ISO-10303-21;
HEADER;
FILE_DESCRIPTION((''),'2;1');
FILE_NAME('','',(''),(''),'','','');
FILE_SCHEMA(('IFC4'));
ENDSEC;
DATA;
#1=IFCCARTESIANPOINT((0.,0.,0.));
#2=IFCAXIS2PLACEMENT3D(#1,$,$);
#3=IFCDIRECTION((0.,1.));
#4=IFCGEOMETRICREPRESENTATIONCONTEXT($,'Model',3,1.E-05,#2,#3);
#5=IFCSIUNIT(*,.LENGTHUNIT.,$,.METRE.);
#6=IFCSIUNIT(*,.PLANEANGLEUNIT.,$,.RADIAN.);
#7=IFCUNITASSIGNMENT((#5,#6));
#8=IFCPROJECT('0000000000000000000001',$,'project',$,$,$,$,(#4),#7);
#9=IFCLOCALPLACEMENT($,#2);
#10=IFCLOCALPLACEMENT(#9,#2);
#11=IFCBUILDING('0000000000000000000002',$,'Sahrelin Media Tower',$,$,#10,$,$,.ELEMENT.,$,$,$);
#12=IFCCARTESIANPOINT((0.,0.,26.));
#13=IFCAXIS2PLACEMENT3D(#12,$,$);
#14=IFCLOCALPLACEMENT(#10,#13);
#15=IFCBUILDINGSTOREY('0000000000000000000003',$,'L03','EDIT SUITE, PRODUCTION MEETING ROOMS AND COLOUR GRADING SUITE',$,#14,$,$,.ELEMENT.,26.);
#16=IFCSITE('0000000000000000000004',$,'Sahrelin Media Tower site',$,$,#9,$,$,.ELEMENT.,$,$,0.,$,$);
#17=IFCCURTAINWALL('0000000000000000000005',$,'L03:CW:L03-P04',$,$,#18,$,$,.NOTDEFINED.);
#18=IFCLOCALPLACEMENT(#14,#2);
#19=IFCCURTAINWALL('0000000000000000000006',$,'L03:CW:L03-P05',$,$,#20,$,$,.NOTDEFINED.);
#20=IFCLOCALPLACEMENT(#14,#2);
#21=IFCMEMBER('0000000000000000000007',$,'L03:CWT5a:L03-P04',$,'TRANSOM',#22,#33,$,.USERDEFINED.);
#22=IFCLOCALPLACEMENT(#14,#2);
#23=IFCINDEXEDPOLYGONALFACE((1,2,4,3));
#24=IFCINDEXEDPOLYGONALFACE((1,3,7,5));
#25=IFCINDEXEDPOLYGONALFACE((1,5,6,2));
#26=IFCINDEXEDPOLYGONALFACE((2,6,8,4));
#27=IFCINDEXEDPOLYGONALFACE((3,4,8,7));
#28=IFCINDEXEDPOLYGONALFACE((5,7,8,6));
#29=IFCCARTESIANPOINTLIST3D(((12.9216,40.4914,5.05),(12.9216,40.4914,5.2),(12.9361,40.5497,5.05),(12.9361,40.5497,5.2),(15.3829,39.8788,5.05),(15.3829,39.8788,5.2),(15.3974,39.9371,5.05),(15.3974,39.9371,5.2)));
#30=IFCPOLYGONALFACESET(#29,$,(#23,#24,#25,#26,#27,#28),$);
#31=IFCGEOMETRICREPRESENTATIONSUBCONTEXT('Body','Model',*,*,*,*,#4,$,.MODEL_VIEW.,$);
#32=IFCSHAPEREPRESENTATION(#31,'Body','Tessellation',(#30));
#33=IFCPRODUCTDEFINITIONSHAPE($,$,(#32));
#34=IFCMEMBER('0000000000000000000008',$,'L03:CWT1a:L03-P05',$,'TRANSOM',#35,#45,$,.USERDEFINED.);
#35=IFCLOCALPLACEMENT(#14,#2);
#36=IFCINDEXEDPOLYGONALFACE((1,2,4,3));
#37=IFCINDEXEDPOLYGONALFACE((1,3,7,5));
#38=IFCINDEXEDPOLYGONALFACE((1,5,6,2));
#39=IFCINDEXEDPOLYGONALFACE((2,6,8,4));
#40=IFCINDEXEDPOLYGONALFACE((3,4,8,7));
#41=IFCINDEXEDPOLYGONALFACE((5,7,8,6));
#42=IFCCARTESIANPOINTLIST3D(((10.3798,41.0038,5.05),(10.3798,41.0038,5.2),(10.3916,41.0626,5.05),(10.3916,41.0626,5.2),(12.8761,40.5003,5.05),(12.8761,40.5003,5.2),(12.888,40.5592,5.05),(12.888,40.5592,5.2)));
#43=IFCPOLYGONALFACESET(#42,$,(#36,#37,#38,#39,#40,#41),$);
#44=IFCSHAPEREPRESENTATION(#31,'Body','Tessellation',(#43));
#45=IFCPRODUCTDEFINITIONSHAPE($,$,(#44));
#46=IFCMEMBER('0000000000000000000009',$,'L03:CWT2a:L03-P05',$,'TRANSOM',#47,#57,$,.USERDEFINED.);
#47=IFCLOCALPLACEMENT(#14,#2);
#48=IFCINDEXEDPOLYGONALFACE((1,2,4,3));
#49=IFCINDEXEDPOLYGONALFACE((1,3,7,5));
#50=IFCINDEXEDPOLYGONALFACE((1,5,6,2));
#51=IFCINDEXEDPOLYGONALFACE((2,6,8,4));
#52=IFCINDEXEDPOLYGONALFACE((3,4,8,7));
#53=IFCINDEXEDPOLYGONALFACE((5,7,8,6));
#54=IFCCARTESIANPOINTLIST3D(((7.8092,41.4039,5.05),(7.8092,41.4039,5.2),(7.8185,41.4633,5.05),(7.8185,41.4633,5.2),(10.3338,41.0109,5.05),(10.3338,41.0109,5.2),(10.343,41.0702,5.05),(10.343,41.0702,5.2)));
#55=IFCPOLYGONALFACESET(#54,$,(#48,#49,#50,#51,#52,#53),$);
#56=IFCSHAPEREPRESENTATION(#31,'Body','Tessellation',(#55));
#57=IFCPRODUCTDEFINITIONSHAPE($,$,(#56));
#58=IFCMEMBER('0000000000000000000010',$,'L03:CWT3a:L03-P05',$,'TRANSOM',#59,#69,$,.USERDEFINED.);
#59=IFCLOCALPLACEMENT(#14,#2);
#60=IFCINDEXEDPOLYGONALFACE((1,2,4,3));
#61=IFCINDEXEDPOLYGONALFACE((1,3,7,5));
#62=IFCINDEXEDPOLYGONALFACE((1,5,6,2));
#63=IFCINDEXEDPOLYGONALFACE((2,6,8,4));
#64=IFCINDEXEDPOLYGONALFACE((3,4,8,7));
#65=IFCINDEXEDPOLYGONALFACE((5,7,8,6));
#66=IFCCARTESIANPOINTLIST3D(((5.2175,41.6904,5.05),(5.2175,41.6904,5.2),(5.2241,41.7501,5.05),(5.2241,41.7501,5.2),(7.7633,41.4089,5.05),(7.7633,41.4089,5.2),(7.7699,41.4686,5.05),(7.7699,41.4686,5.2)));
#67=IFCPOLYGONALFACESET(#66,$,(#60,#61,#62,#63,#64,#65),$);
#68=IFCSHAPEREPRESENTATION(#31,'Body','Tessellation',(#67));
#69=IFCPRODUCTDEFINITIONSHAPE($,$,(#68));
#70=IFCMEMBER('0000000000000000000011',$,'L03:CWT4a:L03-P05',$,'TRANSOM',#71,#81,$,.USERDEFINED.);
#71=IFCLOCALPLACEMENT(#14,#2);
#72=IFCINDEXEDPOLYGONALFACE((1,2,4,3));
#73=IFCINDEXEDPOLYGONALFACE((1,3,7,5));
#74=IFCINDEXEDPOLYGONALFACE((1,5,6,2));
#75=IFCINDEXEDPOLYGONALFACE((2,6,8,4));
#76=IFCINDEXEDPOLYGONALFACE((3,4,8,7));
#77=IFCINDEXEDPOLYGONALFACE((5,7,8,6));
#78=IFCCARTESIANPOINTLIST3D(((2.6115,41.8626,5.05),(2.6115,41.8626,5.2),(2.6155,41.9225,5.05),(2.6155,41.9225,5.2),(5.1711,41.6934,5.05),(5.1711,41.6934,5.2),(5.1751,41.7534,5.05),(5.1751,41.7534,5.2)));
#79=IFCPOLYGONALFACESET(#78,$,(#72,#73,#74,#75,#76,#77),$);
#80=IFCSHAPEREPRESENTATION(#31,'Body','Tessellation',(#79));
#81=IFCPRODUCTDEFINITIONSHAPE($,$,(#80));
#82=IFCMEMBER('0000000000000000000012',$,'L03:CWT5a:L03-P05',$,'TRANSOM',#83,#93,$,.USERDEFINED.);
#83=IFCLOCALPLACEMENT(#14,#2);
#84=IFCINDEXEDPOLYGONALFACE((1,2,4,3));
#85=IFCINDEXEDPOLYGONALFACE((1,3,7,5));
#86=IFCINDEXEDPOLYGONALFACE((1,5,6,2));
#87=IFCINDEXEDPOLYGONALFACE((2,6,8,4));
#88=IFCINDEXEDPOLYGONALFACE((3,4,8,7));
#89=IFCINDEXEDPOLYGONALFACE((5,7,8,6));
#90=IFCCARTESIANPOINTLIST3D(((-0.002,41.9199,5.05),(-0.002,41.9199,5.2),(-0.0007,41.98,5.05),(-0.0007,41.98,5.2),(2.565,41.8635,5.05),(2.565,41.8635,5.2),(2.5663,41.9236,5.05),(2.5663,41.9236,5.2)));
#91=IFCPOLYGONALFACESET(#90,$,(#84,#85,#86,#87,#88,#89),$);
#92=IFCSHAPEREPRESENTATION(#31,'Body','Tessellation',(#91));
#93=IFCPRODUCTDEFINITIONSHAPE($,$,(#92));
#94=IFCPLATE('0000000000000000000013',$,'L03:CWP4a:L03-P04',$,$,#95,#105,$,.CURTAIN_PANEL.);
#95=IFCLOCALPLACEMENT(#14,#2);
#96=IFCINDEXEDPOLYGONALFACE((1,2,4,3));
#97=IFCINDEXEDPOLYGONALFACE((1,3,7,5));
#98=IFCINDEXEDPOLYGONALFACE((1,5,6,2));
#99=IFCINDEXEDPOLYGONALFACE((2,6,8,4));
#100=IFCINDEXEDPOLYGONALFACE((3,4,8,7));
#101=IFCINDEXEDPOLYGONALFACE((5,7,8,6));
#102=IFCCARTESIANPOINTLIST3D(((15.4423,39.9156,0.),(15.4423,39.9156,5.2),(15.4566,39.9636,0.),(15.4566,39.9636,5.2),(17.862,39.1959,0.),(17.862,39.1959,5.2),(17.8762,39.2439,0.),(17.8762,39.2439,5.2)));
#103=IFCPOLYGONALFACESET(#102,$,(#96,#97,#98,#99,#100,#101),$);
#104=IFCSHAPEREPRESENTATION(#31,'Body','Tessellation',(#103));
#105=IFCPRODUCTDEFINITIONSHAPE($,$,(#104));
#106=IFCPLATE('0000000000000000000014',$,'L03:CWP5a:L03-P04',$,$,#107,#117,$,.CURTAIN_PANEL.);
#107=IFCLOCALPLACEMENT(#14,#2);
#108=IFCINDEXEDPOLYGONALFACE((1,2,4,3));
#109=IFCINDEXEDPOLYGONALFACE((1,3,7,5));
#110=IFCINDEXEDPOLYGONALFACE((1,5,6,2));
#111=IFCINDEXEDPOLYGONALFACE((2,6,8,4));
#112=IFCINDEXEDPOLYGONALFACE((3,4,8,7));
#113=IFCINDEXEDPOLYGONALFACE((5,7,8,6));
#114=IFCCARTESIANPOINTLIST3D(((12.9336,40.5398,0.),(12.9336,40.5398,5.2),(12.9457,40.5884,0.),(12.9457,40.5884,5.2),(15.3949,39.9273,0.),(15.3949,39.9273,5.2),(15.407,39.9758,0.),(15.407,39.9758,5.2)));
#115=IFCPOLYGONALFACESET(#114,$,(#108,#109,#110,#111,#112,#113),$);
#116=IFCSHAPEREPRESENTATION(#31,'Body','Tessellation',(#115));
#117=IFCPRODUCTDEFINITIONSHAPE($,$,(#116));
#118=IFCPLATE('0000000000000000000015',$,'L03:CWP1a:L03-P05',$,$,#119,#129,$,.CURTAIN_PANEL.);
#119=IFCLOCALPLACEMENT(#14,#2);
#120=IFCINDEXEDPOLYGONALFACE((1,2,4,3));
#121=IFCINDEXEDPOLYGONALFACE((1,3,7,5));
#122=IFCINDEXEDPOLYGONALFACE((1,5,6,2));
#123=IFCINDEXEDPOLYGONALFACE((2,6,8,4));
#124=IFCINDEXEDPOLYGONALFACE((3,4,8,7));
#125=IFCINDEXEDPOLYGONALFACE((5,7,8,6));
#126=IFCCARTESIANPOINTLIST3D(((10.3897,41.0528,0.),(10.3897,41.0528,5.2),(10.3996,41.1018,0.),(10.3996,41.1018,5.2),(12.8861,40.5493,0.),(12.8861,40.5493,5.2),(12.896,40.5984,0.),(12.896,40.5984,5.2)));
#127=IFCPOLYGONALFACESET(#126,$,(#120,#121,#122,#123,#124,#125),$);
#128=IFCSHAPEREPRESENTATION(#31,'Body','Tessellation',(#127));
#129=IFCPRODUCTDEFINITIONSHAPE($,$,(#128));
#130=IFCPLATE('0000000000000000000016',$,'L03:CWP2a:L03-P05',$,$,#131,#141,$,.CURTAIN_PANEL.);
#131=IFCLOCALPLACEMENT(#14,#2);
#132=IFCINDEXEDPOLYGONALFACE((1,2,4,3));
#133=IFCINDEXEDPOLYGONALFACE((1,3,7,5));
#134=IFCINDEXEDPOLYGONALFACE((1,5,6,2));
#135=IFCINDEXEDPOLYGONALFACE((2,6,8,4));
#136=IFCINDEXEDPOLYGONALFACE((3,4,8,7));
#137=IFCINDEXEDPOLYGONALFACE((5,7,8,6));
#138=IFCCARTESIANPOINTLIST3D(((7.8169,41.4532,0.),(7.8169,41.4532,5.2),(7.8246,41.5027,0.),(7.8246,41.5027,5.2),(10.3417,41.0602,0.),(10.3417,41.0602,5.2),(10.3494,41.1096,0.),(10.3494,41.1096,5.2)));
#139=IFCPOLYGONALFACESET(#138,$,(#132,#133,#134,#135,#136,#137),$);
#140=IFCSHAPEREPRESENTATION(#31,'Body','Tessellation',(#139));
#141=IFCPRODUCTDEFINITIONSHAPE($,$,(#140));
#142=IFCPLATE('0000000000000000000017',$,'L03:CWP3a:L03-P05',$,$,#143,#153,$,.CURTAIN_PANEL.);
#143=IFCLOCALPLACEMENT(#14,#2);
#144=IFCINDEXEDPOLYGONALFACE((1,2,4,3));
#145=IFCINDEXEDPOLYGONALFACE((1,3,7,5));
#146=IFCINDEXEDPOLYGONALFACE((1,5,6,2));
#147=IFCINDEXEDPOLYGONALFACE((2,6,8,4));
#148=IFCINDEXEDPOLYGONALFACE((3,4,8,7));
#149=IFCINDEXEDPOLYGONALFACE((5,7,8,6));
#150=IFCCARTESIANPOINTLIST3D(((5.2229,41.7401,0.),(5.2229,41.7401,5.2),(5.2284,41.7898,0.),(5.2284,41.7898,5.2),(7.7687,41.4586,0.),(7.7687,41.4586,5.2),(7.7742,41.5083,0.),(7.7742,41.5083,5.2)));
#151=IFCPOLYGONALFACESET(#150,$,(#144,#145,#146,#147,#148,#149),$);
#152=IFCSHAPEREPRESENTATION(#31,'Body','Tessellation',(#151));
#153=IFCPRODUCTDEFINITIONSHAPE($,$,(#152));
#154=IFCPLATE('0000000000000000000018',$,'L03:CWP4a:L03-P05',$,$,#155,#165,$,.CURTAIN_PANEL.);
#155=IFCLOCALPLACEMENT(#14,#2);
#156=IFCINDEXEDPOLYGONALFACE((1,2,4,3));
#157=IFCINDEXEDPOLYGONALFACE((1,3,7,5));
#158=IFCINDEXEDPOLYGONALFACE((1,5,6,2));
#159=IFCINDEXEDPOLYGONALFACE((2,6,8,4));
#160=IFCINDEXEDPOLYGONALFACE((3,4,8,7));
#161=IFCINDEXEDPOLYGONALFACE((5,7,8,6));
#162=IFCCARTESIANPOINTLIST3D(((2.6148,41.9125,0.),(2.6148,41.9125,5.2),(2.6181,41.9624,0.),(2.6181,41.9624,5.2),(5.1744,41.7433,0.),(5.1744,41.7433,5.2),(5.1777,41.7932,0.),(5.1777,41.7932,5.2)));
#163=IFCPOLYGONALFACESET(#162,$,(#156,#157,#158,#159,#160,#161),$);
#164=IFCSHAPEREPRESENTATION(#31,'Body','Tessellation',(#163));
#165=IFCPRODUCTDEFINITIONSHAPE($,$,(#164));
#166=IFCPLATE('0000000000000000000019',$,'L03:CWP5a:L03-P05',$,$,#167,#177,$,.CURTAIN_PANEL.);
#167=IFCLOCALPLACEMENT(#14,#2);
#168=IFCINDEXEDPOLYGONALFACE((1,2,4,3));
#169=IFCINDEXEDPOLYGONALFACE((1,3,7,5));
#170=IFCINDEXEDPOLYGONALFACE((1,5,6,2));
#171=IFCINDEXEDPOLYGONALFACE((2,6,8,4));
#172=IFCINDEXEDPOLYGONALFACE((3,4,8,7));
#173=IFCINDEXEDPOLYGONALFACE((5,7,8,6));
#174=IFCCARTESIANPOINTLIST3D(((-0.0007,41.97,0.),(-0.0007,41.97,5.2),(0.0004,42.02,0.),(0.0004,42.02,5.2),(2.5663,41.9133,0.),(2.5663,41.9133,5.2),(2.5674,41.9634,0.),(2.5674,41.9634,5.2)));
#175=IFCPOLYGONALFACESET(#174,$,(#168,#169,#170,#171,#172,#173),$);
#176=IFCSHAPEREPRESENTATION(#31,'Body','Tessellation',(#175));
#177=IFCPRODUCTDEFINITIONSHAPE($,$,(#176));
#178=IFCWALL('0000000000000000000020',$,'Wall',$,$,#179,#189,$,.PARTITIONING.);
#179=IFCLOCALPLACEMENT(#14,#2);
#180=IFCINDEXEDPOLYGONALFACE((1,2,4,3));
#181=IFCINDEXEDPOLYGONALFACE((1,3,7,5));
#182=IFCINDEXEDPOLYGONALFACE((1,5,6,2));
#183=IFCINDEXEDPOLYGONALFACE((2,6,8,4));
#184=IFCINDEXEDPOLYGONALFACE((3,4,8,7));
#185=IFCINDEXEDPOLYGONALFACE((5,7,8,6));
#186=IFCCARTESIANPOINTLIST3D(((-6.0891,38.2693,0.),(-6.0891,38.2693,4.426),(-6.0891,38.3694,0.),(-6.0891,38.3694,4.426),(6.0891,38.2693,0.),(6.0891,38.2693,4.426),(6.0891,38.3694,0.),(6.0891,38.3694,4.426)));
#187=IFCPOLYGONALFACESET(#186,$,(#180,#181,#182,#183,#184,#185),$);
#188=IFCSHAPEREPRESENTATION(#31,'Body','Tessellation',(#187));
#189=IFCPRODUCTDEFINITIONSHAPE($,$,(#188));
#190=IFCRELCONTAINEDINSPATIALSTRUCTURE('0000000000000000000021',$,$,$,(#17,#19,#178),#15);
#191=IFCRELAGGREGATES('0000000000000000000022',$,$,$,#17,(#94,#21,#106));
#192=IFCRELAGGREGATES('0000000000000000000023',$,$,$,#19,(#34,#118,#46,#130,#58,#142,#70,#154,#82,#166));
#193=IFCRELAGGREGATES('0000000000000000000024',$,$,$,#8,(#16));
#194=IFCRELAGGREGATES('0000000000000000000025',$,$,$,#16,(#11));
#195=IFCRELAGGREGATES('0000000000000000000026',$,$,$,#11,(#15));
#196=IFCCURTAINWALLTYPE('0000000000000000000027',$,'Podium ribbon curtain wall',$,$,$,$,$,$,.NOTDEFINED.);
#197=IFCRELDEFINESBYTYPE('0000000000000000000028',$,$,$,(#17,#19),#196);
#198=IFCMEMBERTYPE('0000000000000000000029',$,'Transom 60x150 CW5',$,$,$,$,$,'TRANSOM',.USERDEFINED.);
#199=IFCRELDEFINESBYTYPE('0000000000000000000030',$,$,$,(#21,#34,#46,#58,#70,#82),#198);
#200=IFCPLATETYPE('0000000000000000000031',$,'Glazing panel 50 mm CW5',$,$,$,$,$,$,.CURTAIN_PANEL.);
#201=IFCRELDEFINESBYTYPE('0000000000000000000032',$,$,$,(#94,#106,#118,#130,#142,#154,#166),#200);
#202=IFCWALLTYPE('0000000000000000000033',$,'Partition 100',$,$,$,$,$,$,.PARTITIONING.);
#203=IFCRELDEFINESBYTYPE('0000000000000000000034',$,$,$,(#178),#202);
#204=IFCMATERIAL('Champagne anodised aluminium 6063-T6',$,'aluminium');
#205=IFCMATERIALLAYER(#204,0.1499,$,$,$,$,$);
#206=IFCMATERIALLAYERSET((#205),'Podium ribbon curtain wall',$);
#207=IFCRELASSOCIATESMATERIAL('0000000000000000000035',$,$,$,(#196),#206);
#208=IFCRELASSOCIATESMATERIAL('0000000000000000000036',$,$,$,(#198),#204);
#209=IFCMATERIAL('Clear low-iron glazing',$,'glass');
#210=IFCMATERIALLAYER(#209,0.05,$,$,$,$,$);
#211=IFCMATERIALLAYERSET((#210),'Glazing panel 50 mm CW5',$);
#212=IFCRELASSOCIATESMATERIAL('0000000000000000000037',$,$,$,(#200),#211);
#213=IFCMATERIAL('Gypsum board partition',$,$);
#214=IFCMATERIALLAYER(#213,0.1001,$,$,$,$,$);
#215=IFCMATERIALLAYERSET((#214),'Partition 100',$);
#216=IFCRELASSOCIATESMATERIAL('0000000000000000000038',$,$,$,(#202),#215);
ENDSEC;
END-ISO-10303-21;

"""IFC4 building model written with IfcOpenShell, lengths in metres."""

from ifc_helpers import new_model, si_unit, direction, frame, frame_2d, origin, origin_2d, place, context, subcontext, project, spatial, polyline, rectangle, outline, extrude, material, layer, layer_set, material_profile, profile_set, type_object, element, aggregate, save


model = new_model("IFC4")

# Units and contexts
model_context = context("Model", 3, precision=1e-05, world=origin(), true_north=direction((0.0, 1.0)))
body_context = subcontext(model_context, "Body", "Model", "MODEL_VIEW")
ifc_project = project(units=[si_unit("LENGTHUNIT", "METRE"), si_unit("PLANEANGLEUNIT", "RADIAN")], contexts=[model_context])

# Site, building, storey
site_placement = place(None, origin())
site = spatial("IfcSite", under=ifc_project, at=site_placement, Name="Sahrelin Media Tower site", CompositionType="ELEMENT", RefElevation=0.0)
building_placement = place(site_placement, origin())
building = spatial("IfcBuilding", under=site, at=building_placement, Name="Sahrelin Media Tower", CompositionType="ELEMENT")
storey_placement = place(building_placement, frame((0.0, 0.0, 26.0)))
storey = spatial("IfcBuildingStorey", under=building, at=storey_placement, Name="L03", Description="EDIT SUITE, PRODUCTION MEETING ROOMS AND COLOUR GRADING SUITE", CompositionType="ELEMENT", Elevation=26.0)

# Curtain walls
ifc_material_1 = material(Name="Champagne anodised aluminium 6063-T6", Category="aluminium")
ifc_layer_1 = layer(ifc_material_1, 0.1499)
ifc_layer_set_1 = layer_set([ifc_layer_1], Name="Podium ribbon curtain wall")
curtain_wall_type = type_object("IfcCurtainWallType", Name="Podium ribbon curtain wall", PredefinedType="NOTDEFINED", material=ifc_layer_set_1)
curtain_wall_1_placement = place(storey_placement, frame((25.0, 36.373, 0.0), z_axis=(0.0, 0.0, 1.0), x_axis=(1.0, 0.0, 0.0)))
curtain_wall_1 = element("IfcCurtainWall", 1, at=curtain_wall_1_placement, inside=storey, type_object=curtain_wall_type, Name="L03:CW:L03-P04", PredefinedType="NOTDEFINED")
curtain_wall_2_placement = place(storey_placement, frame((12.9409, 40.5688, 0.0), z_axis=(0.0, 0.0, 1.0), x_axis=(1.0, 0.0, 0.0)))
curtain_wall_2 = element("IfcCurtainWall", 2, at=curtain_wall_2_placement, inside=storey, type_object=curtain_wall_type, Name="L03:CW:L03-P05", PredefinedType="NOTDEFINED")

# Members
ifc_material_profile_1 = material_profile(ifc_material_1, rectangle(XDim=0.0601, YDim=0.1499, at=origin_2d()), Name="Transom 60x150")
ifc_profile_set_1 = profile_set([ifc_material_profile_1], Name="Champagne anodised aluminium 6063-T6")
member_type_1 = type_object("IfcMemberType", Name="Transom 60x150 CW5", ElementType="TRANSOM", PredefinedType="USERDEFINED", material=ifc_profile_set_1)
member_1_placement = place(storey_placement, frame((15.3901, 39.908, 5.125), z_axis=(-0.970397, 0.241516, 0.0), x_axis=(-0.241516, -0.970397, 0.0)))
member_1 = element("IfcMember", 3, at=member_1_placement, type_object=member_type_1, Name="L03:CWT5a:L03-P04", ObjectType="TRANSOM", PredefinedType="USERDEFINED", context=body_context, shape_type="SweptSolid", body=[
    extrude(rectangle(XDim=0.0601, YDim=0.1499, at=origin_2d()), origin(), (0.0, 0.0, 1.0), 2.5364),
])
member_2_placement = place(storey_placement, frame((12.8821, 40.5298, 5.125), z_axis=(-0.980266, 0.197683, 0.0), x_axis=(-0.197683, -0.980266, 0.0)))
member_2 = element("IfcMember", 4, at=member_2_placement, type_object=member_type_1, Name="L03:CWT1a:L03-P05", ObjectType="TRANSOM", PredefinedType="USERDEFINED", context=body_context, shape_type="SweptSolid", body=[
    extrude(rectangle(XDim=0.0601, YDim=0.1499, at=origin_2d()), origin(), (0.0, 0.0, 1.0), 2.5466),
])
member_3_placement = place(storey_placement, frame((10.3384, 41.0405, 5.125), z_axis=(-0.988094, 0.153852, 0.0), x_axis=(-0.153852, -0.988094, 0.0)))
member_3 = element("IfcMember", 5, at=member_3_placement, type_object=member_type_1, Name="L03:CWT2a:L03-P05", ObjectType="TRANSOM", PredefinedType="USERDEFINED", context=body_context, shape_type="SweptSolid", body=[
    extrude(rectangle(XDim=0.0601, YDim=0.1499, at=origin_2d()), origin(), (0.0, 0.0, 1.0), 2.5549),
])
member_4_placement = place(storey_placement, frame((7.7666, 41.4387, 5.125), z_axis=(-0.993942, 0.109908, 0.0), x_axis=(-0.109908, -0.993942, 0.0)))
member_4 = element("IfcMember", 6, at=member_4_placement, type_object=member_type_1, Name="L03:CWT3a:L03-P05", ObjectType="TRANSOM", PredefinedType="USERDEFINED", context=body_context, shape_type="SweptSolid", body=[
    extrude(rectangle(XDim=0.0601, YDim=0.1499, at=origin_2d()), origin(), (0.0, 0.0, 1.0), 2.5613),
])
member_5_placement = place(storey_placement, frame((5.1731, 41.7234, 5.125), z_axis=(-0.997822, 0.065957, 0.0), x_axis=(-0.065957, -0.997822, 0.0)))
member_5 = element("IfcMember", 7, at=member_5_placement, type_object=member_type_1, Name="L03:CWT4a:L03-P05", ObjectType="TRANSOM", PredefinedType="USERDEFINED", context=body_context, shape_type="SweptSolid", body=[
    extrude(rectangle(XDim=0.0601, YDim=0.1499, at=origin_2d()), origin(), (0.0, 0.0, 1.0), 2.5652),
])
member_6_placement = place(storey_placement, frame((2.5657, 41.8936, 5.125), z_axis=(-0.999759, 0.021965, 0.0), x_axis=(-0.021965, -0.999759, 0.0)))
member_6 = element("IfcMember", 8, at=member_6_placement, type_object=member_type_1, Name="L03:CWT5a:L03-P05", ObjectType="TRANSOM", PredefinedType="USERDEFINED", context=body_context, shape_type="SweptSolid", body=[
    extrude(rectangle(XDim=0.0601, YDim=0.1499, at=origin_2d()), origin(), (0.0, 0.0, 1.0), 2.5676),
])

# Plates
ifc_material_2 = material(Name="Clear low-iron glazing", Category="glass")
ifc_layer_2 = layer(ifc_material_2, 0.05)
ifc_layer_set_2 = layer_set([ifc_layer_2], Name="Glazing panel 50 mm CW5")
plate_type = type_object("IfcPlateType", Name="Glazing panel 50 mm CW5", PredefinedType="CURTAIN_PANEL", material=ifc_layer_set_2)
plate_1_placement = place(storey_placement, frame((17.8762, 39.2439, 0.0), z_axis=(0.285102, 0.958497, 0.0), x_axis=(-0.958497, 0.285102, 0.0)))
plate_1 = element("IfcPlate", 9, at=plate_1_placement, type_object=plate_type, Name="L03:CWP4a:L03-P04", PredefinedType="CURTAIN_PANEL", context=body_context, shape_type="SweptSolid", body=[
    extrude(outline(polyline([(0.0, 0.0), (2.5244, 0.0), (2.5244, 5.2), (0.0, 5.2), (0.0, 0.0)])), origin(), (0.0, 0.0, -1.0), 0.05),
])
plate_2_placement = place(storey_placement, frame((15.407, 39.9758, 0.0), z_axis=(0.241516, 0.970397, 0.0), x_axis=(-0.970397, 0.241516, 0.0)))
plate_2 = element("IfcPlate", 10, at=plate_2_placement, type_object=plate_type, Name="L03:CWP5a:L03-P04", PredefinedType="CURTAIN_PANEL", context=body_context, shape_type="SweptSolid", body=[
    extrude(outline(polyline([(0.0, 0.0), (2.5364, 0.0), (2.5364, 5.2), (0.0, 5.2), (0.0, 0.0)])), origin(), (0.0, 0.0, -1.0), 0.05),
])
aggregate(curtain_wall_1, [plate_1, member_1, plate_2])
plate_3_placement = place(storey_placement, frame((12.896, 40.5984, 0.0), z_axis=(0.197683, 0.980266, 0.0), x_axis=(-0.980266, 0.197683, 0.0)))
plate_3 = element("IfcPlate", 11, at=plate_3_placement, type_object=plate_type, Name="L03:CWP1a:L03-P05", PredefinedType="CURTAIN_PANEL", context=body_context, shape_type="SweptSolid", body=[
    extrude(outline(polyline([(0.0, 0.0), (2.5466, 0.0), (2.5466, 5.2), (0.0, 5.2), (0.0, 0.0)])), origin(), (0.0, 0.0, -1.0), 0.05),
])
plate_4_placement = place(storey_placement, frame((10.3494, 41.1096, 0.0), z_axis=(0.153838, 0.988096, 0.0), x_axis=(-0.988096, 0.153838, 0.0)))
plate_4 = element("IfcPlate", 12, at=plate_4_placement, type_object=plate_type, Name="L03:CWP2a:L03-P05", PredefinedType="CURTAIN_PANEL", context=body_context, shape_type="SweptSolid", body=[
    extrude(outline(polyline([(0.0, 0.0), (2.5552, 0.0), (2.5552, 5.2), (0.0, 5.2), (0.0, 0.0)])), origin(), (0.0, 0.0, -1.0), 0.05),
])
plate_5_placement = place(storey_placement, frame((7.7742, 41.5083, 0.0), z_axis=(0.109908, 0.993942, 0.0), x_axis=(-0.993942, 0.109908, 0.0)))
plate_5 = element("IfcPlate", 13, at=plate_5_placement, type_object=plate_type, Name="L03:CWP3a:L03-P05", PredefinedType="CURTAIN_PANEL", context=body_context, shape_type="SweptSolid", body=[
    extrude(outline(polyline([(0.0, 0.0), (2.5613, 0.0), (2.5613, 5.2), (0.0, 5.2), (0.0, 0.0)])), origin(), (0.0, 0.0, -1.0), 0.05),
])
plate_6_placement = place(storey_placement, frame((5.1777, 41.7932, 0.0), z_axis=(0.065957, 0.997822, 0.0), x_axis=(-0.997822, 0.065957, 0.0)))
plate_6 = element("IfcPlate", 14, at=plate_6_placement, type_object=plate_type, Name="L03:CWP4a:L03-P05", PredefinedType="CURTAIN_PANEL", context=body_context, shape_type="SweptSolid", body=[
    extrude(outline(polyline([(0.0, 0.0), (2.5652, 0.0), (2.5652, 5.2), (0.0, 5.2), (0.0, 0.0)])), origin(), (0.0, 0.0, -1.0), 0.05),
])
plate_7_placement = place(storey_placement, frame((2.5674, 41.9634, 0.0), z_axis=(0.02206, 0.999757, 0.0), x_axis=(-0.999757, 0.02206, 0.0)))
plate_7 = element("IfcPlate", 15, at=plate_7_placement, type_object=plate_type, Name="L03:CWP5a:L03-P05", PredefinedType="CURTAIN_PANEL", context=body_context, shape_type="SweptSolid", body=[
    extrude(outline(polyline([(0.0, 0.0), (2.5676, 0.0), (2.5676, 5.2), (0.0, 5.2), (0.0, 0.0)])), origin(), (0.0, 0.0, -1.0), 0.05),
])
aggregate(curtain_wall_2, [member_2, plate_3, member_3, plate_4, member_4, plate_5, member_5, plate_6, member_6, plate_7])

# Wall
ifc_material_3 = material(Name="Gypsum board partition")
ifc_layer_3 = layer(ifc_material_3, 0.1001)
ifc_layer_set_3 = layer_set([ifc_layer_3], Name="Partition 100")
wall_type = type_object("IfcWallType", Name="Partition 100", PredefinedType="PARTITIONING", material=ifc_layer_set_3)
wall_placement = place(storey_placement, frame((6.0891, 38.3193, 0.0), z_axis=(0.0, 0.0, 1.0), x_axis=(-1.0, 0.0, 0.0)))
element("IfcWall", 16, at=wall_placement, inside=storey, type_object=wall_type, Name="Wall", PredefinedType="PARTITIONING", context=body_context, shape_type="SweptSolid", body=[
    extrude(rectangle(XDim=12.1782, YDim=0.1001, at=frame_2d((6.0891, 0.0))), origin(), (0.0, 0.0, 1.0), 4.426),
])

save(model, "model.ifc")
